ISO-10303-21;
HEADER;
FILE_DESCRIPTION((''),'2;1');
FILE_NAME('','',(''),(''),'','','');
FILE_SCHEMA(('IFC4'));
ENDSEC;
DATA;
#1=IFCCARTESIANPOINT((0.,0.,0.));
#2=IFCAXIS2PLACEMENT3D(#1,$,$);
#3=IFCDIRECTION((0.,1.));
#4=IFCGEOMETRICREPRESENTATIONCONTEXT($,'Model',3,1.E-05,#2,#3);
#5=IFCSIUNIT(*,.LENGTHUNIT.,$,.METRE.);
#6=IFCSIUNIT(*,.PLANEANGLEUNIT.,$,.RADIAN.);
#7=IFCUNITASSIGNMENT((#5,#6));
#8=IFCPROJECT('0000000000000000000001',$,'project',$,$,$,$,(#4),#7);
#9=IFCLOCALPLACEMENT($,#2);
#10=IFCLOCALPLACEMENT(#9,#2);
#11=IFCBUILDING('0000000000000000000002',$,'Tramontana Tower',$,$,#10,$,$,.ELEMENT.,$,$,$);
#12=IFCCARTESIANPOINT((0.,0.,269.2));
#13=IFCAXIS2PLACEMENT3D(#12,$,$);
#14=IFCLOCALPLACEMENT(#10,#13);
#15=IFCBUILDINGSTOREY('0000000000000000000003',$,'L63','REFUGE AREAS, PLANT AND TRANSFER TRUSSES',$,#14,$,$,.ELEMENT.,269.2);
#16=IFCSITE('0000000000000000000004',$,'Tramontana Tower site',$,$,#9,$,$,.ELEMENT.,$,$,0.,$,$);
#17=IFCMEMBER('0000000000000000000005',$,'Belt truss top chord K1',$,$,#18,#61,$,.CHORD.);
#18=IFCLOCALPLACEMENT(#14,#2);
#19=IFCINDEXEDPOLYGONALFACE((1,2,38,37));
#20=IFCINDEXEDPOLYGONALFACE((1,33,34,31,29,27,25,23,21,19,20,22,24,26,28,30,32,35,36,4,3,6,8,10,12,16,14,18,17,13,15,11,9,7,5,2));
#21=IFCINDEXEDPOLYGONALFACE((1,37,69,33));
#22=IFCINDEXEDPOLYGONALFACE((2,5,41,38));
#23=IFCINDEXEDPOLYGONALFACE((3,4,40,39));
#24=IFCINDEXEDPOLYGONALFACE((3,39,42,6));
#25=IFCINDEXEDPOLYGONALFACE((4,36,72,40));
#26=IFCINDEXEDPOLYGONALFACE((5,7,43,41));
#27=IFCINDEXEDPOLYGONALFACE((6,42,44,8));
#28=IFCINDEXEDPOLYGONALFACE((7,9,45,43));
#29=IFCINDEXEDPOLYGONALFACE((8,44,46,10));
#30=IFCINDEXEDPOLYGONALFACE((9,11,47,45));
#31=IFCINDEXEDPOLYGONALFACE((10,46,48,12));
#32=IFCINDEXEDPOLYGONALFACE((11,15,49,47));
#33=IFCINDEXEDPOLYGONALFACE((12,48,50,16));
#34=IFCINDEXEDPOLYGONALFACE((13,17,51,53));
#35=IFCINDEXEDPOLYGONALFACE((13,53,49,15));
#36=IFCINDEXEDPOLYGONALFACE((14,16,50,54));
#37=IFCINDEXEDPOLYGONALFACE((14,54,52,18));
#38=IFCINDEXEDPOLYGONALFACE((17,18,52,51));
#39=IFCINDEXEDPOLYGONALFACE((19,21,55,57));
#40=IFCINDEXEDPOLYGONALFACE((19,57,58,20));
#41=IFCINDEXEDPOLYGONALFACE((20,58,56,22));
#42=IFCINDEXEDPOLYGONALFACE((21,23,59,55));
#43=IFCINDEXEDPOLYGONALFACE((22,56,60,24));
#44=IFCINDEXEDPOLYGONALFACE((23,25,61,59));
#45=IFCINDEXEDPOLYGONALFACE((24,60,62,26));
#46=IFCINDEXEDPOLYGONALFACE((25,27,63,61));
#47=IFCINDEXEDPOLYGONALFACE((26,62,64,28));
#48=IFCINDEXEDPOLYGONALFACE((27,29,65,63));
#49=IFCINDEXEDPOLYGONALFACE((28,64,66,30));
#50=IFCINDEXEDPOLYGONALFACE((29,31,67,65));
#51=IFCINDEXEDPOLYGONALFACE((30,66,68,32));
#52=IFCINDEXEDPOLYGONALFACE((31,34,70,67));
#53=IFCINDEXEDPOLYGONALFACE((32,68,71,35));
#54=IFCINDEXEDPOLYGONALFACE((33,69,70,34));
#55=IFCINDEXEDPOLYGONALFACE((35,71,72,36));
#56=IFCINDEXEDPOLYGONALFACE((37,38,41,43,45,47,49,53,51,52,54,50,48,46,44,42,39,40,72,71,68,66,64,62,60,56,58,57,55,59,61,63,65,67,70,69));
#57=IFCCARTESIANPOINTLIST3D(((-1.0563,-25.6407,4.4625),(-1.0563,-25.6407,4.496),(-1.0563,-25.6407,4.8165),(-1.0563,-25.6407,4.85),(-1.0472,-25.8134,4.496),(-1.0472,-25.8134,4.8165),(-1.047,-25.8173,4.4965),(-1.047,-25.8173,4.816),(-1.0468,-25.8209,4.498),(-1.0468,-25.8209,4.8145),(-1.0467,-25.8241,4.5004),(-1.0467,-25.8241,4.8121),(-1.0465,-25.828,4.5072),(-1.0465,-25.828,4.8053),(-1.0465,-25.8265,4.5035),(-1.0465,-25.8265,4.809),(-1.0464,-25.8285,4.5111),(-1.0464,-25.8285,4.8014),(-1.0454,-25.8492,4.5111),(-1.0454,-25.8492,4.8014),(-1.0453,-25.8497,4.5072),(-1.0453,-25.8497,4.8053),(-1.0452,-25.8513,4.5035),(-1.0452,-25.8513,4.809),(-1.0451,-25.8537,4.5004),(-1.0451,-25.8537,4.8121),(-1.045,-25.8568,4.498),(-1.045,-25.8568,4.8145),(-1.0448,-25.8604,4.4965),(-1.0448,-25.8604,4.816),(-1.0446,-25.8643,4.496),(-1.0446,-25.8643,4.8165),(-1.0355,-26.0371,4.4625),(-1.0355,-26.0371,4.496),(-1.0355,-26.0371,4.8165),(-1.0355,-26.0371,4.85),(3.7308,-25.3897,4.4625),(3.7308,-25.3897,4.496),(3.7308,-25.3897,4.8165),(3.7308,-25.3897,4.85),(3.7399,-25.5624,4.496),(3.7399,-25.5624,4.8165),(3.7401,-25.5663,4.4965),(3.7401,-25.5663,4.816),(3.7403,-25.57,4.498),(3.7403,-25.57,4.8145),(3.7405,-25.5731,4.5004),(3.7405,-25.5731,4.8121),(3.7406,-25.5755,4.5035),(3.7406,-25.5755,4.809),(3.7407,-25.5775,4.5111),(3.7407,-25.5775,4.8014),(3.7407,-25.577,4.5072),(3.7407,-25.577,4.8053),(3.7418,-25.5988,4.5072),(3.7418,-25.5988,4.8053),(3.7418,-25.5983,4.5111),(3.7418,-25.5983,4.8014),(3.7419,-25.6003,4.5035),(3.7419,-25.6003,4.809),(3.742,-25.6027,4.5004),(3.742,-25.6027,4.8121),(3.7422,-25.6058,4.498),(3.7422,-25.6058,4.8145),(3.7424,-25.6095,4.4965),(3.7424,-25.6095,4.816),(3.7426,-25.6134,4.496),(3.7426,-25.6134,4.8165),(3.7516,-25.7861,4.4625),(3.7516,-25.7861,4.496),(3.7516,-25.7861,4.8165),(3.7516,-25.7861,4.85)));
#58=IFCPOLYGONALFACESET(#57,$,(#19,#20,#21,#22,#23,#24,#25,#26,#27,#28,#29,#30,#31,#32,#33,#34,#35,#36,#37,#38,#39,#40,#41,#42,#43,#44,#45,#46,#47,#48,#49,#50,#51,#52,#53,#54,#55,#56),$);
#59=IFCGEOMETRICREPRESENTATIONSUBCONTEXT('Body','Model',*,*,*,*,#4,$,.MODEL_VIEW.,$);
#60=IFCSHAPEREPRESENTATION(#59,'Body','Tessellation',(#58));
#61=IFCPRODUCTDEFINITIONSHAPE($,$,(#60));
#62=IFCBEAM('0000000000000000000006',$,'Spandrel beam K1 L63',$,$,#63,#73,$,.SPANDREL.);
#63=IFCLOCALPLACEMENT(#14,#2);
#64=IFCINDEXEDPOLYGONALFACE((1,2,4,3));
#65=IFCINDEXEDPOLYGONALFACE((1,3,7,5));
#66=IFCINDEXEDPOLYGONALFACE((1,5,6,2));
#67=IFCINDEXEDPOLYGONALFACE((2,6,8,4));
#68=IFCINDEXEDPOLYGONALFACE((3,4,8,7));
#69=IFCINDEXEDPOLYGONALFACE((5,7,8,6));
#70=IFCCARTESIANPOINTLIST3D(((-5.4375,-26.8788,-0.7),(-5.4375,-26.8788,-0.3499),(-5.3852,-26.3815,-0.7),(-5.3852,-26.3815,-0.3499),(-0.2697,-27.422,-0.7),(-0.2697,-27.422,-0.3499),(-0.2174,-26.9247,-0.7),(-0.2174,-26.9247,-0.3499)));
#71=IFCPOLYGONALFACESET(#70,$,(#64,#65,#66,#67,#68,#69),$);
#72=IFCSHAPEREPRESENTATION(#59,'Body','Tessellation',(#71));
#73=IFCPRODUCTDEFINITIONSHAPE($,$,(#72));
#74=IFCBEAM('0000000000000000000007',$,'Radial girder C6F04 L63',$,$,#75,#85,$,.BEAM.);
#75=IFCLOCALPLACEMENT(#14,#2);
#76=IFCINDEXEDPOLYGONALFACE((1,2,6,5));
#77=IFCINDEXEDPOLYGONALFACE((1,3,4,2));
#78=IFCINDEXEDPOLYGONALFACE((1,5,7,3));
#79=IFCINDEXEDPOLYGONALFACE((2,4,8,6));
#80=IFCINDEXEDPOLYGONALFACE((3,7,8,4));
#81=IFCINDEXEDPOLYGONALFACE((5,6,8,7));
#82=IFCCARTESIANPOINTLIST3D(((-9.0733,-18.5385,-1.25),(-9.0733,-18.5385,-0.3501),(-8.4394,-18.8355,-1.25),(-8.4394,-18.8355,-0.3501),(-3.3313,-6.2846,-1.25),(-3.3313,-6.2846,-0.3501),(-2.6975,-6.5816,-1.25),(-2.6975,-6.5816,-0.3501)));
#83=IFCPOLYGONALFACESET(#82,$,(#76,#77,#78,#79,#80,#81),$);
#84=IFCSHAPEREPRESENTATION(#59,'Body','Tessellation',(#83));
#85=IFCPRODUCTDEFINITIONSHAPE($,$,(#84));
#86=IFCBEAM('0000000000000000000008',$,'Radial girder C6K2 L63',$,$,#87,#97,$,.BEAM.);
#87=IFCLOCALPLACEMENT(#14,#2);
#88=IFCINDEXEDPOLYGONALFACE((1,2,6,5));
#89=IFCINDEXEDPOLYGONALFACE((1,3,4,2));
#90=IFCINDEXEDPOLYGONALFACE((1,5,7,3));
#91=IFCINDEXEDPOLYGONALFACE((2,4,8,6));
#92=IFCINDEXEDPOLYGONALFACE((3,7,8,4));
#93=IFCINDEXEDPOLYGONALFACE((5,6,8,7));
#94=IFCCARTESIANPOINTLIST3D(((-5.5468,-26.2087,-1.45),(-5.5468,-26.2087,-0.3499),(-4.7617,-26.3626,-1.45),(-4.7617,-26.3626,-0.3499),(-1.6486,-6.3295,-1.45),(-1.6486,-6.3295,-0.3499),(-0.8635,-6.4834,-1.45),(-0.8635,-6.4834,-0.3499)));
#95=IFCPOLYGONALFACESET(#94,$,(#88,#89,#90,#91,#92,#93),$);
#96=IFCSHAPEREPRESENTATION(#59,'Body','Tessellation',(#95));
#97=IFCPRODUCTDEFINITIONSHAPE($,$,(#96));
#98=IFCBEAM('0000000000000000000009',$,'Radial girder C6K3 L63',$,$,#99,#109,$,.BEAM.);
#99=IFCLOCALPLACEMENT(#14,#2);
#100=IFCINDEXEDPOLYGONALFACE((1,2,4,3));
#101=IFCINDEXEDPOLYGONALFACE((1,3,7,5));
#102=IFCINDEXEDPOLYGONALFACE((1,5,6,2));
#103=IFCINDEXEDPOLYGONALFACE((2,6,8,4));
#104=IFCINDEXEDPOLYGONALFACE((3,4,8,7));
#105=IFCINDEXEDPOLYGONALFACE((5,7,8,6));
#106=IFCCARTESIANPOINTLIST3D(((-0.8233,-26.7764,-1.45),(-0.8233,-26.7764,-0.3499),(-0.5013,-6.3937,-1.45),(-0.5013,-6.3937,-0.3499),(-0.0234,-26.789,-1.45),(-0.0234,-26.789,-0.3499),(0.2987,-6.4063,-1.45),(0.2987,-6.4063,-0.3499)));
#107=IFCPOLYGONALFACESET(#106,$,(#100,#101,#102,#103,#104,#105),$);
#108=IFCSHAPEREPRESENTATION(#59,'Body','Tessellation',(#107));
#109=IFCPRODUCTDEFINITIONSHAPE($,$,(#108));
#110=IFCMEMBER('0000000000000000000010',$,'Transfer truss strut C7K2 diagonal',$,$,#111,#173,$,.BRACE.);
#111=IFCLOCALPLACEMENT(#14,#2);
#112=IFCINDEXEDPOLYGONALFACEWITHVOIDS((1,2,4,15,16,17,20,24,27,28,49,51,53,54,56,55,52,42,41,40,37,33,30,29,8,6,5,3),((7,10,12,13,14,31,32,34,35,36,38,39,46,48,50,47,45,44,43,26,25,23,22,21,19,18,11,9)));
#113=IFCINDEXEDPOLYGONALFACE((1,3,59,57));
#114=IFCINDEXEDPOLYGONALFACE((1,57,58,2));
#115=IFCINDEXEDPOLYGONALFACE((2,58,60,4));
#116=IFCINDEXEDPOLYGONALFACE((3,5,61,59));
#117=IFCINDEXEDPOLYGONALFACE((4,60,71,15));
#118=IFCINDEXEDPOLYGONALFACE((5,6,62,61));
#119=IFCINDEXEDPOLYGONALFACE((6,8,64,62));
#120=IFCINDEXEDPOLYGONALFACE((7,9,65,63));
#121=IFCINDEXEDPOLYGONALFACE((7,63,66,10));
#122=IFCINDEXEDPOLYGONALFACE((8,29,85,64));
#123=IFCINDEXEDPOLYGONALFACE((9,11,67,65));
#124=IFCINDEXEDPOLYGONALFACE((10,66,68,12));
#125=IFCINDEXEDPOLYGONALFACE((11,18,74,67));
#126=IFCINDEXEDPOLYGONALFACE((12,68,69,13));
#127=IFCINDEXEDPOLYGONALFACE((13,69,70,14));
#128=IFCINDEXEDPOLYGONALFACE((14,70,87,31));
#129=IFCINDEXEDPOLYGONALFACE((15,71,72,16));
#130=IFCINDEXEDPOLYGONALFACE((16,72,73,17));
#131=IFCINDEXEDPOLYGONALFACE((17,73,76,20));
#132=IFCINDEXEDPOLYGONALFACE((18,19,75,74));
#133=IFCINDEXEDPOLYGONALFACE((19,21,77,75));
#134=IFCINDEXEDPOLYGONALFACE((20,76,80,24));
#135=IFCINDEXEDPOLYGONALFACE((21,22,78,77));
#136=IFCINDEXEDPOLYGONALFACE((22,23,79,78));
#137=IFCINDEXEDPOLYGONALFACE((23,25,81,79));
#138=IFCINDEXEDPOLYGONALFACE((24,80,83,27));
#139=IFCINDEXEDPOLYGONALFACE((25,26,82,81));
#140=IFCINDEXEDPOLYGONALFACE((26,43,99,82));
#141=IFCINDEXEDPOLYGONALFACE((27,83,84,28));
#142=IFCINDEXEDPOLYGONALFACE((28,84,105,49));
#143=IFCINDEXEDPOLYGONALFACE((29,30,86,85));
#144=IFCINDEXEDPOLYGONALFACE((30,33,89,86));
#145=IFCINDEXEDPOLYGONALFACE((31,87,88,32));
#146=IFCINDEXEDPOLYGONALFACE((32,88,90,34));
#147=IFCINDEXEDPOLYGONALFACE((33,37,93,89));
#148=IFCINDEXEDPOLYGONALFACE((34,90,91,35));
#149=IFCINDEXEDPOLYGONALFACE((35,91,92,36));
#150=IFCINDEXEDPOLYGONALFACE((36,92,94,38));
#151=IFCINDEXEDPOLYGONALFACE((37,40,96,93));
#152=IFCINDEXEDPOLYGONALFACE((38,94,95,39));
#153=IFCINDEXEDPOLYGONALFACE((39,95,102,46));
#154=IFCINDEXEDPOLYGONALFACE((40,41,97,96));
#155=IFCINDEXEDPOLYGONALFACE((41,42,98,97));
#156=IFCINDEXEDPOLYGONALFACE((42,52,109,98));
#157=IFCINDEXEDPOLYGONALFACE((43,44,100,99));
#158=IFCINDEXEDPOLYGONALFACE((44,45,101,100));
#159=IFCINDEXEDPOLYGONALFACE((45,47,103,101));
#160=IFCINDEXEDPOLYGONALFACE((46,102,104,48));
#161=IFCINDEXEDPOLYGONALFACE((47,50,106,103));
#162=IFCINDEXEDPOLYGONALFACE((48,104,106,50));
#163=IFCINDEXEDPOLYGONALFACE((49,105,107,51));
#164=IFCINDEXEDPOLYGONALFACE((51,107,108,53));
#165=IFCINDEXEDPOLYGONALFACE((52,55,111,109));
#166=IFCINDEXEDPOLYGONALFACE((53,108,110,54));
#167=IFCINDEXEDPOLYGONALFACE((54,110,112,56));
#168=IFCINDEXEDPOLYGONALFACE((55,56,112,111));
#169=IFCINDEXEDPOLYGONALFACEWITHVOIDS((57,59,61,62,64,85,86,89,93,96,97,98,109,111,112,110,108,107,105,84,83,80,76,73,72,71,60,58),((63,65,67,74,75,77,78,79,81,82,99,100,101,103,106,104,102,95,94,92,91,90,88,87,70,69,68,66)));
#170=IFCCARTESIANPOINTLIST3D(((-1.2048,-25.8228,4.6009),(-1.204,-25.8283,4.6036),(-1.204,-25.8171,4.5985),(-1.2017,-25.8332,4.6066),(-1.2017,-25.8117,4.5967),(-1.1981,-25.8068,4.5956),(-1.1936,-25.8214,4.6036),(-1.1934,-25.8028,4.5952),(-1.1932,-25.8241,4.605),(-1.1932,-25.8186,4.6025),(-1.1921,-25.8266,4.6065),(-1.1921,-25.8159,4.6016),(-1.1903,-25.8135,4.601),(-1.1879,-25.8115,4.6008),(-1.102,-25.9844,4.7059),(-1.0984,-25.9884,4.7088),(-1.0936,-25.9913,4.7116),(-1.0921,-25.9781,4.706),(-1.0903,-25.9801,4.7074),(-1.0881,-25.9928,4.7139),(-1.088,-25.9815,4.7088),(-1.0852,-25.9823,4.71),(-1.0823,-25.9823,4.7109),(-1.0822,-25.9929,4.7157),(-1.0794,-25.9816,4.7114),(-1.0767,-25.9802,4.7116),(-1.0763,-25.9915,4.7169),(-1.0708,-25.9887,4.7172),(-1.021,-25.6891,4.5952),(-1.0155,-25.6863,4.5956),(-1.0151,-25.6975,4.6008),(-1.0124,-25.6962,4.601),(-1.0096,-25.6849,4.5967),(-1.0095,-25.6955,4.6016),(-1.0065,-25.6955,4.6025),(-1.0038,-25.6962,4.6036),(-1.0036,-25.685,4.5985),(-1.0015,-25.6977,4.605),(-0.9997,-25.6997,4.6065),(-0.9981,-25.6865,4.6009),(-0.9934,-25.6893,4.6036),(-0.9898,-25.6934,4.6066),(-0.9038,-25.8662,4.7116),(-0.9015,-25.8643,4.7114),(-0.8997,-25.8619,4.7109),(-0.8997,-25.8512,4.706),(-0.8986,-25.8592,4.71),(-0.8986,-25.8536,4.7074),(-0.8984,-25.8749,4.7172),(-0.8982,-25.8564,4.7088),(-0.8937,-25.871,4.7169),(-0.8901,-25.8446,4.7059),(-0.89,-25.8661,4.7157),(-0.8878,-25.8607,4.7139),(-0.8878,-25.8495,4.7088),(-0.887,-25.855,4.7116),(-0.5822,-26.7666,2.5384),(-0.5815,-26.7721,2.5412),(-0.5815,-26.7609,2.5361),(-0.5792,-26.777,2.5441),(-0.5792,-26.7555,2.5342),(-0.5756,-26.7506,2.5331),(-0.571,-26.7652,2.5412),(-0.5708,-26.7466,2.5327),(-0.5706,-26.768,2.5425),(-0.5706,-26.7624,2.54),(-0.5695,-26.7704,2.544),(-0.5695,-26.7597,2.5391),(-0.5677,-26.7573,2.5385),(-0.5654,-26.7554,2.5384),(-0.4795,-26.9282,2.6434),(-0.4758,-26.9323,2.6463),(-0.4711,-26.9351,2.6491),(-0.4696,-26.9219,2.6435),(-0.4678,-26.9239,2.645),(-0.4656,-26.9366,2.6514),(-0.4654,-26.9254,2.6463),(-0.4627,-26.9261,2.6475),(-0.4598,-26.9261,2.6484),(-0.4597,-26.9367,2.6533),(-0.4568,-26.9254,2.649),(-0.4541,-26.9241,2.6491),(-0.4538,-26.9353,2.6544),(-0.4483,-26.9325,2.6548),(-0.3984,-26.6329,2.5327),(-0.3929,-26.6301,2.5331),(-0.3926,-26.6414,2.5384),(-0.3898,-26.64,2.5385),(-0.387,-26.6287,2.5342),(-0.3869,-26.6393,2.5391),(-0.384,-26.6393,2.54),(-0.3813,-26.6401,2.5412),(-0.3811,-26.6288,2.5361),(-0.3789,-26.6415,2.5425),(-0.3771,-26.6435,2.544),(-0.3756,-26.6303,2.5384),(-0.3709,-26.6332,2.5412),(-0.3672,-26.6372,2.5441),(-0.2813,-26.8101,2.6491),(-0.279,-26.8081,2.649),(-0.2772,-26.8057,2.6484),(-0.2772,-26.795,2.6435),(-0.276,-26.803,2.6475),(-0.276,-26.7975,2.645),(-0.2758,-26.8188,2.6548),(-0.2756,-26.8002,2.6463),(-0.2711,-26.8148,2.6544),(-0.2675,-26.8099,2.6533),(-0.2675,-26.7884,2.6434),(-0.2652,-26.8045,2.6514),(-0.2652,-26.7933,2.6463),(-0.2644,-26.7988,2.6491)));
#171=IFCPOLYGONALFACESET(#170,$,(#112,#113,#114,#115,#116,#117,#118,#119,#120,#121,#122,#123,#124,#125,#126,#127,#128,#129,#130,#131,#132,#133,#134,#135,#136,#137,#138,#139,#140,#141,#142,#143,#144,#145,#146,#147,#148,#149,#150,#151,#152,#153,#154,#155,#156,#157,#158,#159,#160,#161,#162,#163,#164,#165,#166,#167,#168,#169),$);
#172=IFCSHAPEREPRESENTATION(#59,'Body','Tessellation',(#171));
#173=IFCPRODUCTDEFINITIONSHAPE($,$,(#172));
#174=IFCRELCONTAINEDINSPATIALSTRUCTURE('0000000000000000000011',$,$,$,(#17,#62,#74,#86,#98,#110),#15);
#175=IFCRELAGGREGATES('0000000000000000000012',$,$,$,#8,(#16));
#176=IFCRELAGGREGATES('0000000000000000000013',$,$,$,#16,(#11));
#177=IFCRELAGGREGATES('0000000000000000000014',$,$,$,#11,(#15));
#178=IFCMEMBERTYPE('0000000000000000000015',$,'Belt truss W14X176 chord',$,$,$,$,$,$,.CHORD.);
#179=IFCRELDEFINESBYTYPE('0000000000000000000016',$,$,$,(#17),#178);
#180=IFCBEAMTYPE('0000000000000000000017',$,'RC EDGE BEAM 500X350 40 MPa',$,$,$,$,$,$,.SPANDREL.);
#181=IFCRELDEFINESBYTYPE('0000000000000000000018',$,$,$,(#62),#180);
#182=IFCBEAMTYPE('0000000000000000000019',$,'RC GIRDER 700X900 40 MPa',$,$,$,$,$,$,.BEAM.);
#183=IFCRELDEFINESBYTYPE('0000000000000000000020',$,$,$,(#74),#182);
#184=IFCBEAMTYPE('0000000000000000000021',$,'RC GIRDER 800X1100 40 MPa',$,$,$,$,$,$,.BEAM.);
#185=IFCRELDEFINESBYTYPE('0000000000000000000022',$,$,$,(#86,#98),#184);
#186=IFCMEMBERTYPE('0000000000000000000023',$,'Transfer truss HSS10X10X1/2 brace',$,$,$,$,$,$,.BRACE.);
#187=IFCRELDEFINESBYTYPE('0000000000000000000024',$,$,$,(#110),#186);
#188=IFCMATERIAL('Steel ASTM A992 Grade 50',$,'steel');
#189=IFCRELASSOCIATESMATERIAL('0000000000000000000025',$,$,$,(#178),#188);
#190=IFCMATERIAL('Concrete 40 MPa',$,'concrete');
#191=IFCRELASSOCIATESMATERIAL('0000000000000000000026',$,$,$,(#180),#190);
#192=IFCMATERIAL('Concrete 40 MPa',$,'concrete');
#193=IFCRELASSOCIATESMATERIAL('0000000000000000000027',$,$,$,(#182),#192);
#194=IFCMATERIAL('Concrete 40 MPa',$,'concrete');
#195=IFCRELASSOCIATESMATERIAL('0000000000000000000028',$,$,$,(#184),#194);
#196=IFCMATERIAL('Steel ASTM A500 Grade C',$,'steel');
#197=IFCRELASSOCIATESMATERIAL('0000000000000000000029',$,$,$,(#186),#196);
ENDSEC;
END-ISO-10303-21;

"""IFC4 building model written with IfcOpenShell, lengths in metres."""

from ifc_helpers import new_model, si_unit, direction, frame, origin, origin_2d, place, context, subcontext, project, spatial, rectangle, hollow_rectangle, i_section, extrude, material, material_profile, profile_set, type_object, element, save


model = new_model("IFC4")

# Units and contexts
model_context = context("Model", 3, precision=1e-05, world=origin(), true_north=direction((0.0, 1.0)))
body_context = subcontext(model_context, "Body", "Model", "MODEL_VIEW")
ifc_project = project(units=[si_unit("LENGTHUNIT", "METRE"), si_unit("PLANEANGLEUNIT", "RADIAN")], contexts=[model_context])

# Site, building, storey
site_placement = place(None, origin())
site = spatial("IfcSite", under=ifc_project, at=site_placement, Name="Tramontana Tower site", CompositionType="ELEMENT", RefElevation=0.0)
building_placement = place(site_placement, origin())
building = spatial("IfcBuilding", under=site, at=building_placement, Name="Tramontana Tower", CompositionType="ELEMENT")
storey_placement = place(building_placement, frame((0.0, 0.0, 269.2)))
storey = spatial("IfcBuildingStorey", under=building, at=storey_placement, Name="L63", Description="REFUGE AREAS, PLANT AND TRANSFER TRUSSES", CompositionType="ELEMENT", Elevation=269.2)

# Member
ifc_material_1 = material(Name="Steel ASTM A992 Grade 50", Category="steel")
ifc_material_profile_1 = material_profile(ifc_material_1, i_section(OverallWidth=0.397, OverallDepth=0.3875, WebThickness=0.0208, FlangeThickness=0.0334, FilletRadius=0.0151, at=origin_2d()), Name="W14X176")
ifc_profile_set_1 = profile_set([ifc_material_profile_1], Name="Steel ASTM A992 Grade 50")
member_type_1 = type_object("IfcMemberType", Name="Belt truss W14X176 chord", PredefinedType="CHORD", material=ifc_profile_set_1)
for number, where, z_axis, x_axis, name in (
    (1, (-1.0459, -25.8389, 4.6562), (0.998629, 0.052356, 0.0), (-0.052356, 0.998629, 0.0), "Belt truss top chord K1"),
):
    element("IfcMember", number, at=place(storey_placement, frame(where, z_axis=z_axis, x_axis=x_axis)), inside=storey, type_object=member_type_1, Name=name, PredefinedType="CHORD", context=body_context, shape_type="SweptSolid", body=[
        extrude(i_section(OverallWidth=0.397, OverallDepth=0.3875, WebThickness=0.0208, FlangeThickness=0.0334, FilletRadius=0.0151, at=origin_2d()), origin(), (0.0, 0.0, 1.0), 4.7937),
    ])

# Beams
ifc_material_2 = material(Name="Concrete 40 MPa", Category="concrete")
ifc_material_profile_2 = material_profile(ifc_material_2, rectangle(XDim=0.5, YDim=0.3501, at=origin_2d()), Name="RC EDGE BEAM 500X350 40 MPa")
ifc_profile_set_2 = profile_set([ifc_material_profile_2], Name="Concrete 40 MPa")
beam_type_1 = type_object("IfcBeamType", Name="RC EDGE BEAM 500X350 40 MPa", PredefinedType="SPANDREL", material=ifc_profile_set_2)
beam_1_placement = place(storey_placement, frame((-5.4114, -26.6301, -0.5249), z_axis=(0.994521, -0.10454, 0.0), x_axis=(0.10454, 0.994521, 0.0)))
element("IfcBeam", 2, at=beam_1_placement, inside=storey, type_object=beam_type_1, Name="Spandrel beam K1 L63", PredefinedType="SPANDREL", context=body_context, shape_type="SweptSolid", body=[
    extrude(rectangle(XDim=0.5, YDim=0.3501, at=origin_2d()), origin(), (0.0, 0.0, 1.0), 5.1963),
])
ifc_material_3 = material(Name="Concrete 40 MPa", Category="concrete")
ifc_material_profile_3 = material_profile(ifc_material_3, rectangle(XDim=0.7, YDim=0.8999, at=origin_2d()), Name="RC GIRDER 700X900 40 MPa")
ifc_profile_set_3 = profile_set([ifc_material_profile_3], Name="Concrete 40 MPa")
beam_type_2 = type_object("IfcBeamType", Name="RC GIRDER 700X900 40 MPa", PredefinedType="BEAM", material=ifc_profile_set_3)
beam_2_placement = place(storey_placement, frame((-8.7563, -18.687, -0.8), z_axis=(0.424308, 0.905518, 0.0), x_axis=(-0.905518, 0.424308, 0.0)))
element("IfcBeam", 3, at=beam_2_placement, inside=storey, type_object=beam_type_2, Name="Radial girder C6F04 L63", PredefinedType="BEAM", context=body_context, shape_type="SweptSolid", body=[
    extrude(rectangle(XDim=0.7, YDim=0.8999, at=origin_2d()), origin(), (0.0, 0.0, 1.0), 13.5325),
])
ifc_material_4 = material(Name="Concrete 40 MPa", Category="concrete")
ifc_material_profile_4 = material_profile(ifc_material_4, rectangle(XDim=0.8, YDim=1.1001, at=origin_2d()), Name="RC GIRDER 800X1100 40 MPa")
ifc_profile_set_4 = profile_set([ifc_material_profile_4], Name="Concrete 40 MPa")
beam_type_3 = type_object("IfcBeamType", Name="RC GIRDER 800X1100 40 MPa", PredefinedType="BEAM", material=ifc_profile_set_4)
beam_3_placement = place(storey_placement, frame((-5.1543, -26.2856, -0.8999), z_axis=(0.19243, 0.981311, 0.0), x_axis=(-0.981311, 0.19243, 0.0)))
element("IfcBeam", 4, at=beam_3_placement, inside=storey, type_object=beam_type_3, Name="Radial girder C6K2 L63", PredefinedType="BEAM", context=body_context, shape_type="SweptSolid", body=[
    extrude(rectangle(XDim=0.8, YDim=1.1001, at=origin_2d()), origin(), (0.0, 0.0, 1.0), 20.2578),
])
beam_4_placement = place(storey_placement, frame((-0.4233, -26.7827, -0.8999), z_axis=(0.015797, 0.999875, 0.0), x_axis=(-0.999875, 0.015797, 0.0)))
element("IfcBeam", 5, at=beam_4_placement, inside=storey, type_object=beam_type_3, Name="Radial girder C6K3 L63", PredefinedType="BEAM", context=body_context, shape_type="SweptSolid", body=[
    extrude(rectangle(XDim=0.8, YDim=1.1001, at=origin_2d()), origin(), (0.0, 0.0, 1.0), 20.3853),
])

# Member
ifc_material_5 = material(Name="Steel ASTM A500 Grade C", Category="steel")
ifc_material_profile_5 = material_profile(ifc_material_5, hollow_rectangle(XDim=0.2539, YDim=0.2539, WallThickness=0.0117, InnerFilletRadius=0.0117, OuterFilletRadius=0.0237, at=origin_2d()), Name="HSS10X10X1/2")
ifc_profile_set_5 = profile_set([ifc_material_profile_5], Name="Steel ASTM A500 Grade C")
member_type_2 = type_object("IfcMemberType", Name="Transfer truss HSS10X10X1/2 brace", PredefinedType="BRACE", material=ifc_profile_set_5)
member_1_placement = place(storey_placement, frame((-0.4233, -26.7827, 2.5938), z_axis=(-0.264683, 0.40128, 0.876879), x_axis=(-0.834764, -0.550608, 0.0)))
element("IfcMember", 6, at=member_1_placement, inside=storey, type_object=member_type_2, Name="Transfer truss strut C7K2 diagonal", PredefinedType="BRACE", context=body_context, shape_type="SweptSolid", body=[
    extrude(hollow_rectangle(XDim=0.2539, YDim=0.2539, WallThickness=0.0117, InnerFilletRadius=0.0117, OuterFilletRadius=0.0237, at=origin_2d()), origin(), (0.0, 0.0, 1.0), 2.3521),
])

save(model, "model.ifc")
